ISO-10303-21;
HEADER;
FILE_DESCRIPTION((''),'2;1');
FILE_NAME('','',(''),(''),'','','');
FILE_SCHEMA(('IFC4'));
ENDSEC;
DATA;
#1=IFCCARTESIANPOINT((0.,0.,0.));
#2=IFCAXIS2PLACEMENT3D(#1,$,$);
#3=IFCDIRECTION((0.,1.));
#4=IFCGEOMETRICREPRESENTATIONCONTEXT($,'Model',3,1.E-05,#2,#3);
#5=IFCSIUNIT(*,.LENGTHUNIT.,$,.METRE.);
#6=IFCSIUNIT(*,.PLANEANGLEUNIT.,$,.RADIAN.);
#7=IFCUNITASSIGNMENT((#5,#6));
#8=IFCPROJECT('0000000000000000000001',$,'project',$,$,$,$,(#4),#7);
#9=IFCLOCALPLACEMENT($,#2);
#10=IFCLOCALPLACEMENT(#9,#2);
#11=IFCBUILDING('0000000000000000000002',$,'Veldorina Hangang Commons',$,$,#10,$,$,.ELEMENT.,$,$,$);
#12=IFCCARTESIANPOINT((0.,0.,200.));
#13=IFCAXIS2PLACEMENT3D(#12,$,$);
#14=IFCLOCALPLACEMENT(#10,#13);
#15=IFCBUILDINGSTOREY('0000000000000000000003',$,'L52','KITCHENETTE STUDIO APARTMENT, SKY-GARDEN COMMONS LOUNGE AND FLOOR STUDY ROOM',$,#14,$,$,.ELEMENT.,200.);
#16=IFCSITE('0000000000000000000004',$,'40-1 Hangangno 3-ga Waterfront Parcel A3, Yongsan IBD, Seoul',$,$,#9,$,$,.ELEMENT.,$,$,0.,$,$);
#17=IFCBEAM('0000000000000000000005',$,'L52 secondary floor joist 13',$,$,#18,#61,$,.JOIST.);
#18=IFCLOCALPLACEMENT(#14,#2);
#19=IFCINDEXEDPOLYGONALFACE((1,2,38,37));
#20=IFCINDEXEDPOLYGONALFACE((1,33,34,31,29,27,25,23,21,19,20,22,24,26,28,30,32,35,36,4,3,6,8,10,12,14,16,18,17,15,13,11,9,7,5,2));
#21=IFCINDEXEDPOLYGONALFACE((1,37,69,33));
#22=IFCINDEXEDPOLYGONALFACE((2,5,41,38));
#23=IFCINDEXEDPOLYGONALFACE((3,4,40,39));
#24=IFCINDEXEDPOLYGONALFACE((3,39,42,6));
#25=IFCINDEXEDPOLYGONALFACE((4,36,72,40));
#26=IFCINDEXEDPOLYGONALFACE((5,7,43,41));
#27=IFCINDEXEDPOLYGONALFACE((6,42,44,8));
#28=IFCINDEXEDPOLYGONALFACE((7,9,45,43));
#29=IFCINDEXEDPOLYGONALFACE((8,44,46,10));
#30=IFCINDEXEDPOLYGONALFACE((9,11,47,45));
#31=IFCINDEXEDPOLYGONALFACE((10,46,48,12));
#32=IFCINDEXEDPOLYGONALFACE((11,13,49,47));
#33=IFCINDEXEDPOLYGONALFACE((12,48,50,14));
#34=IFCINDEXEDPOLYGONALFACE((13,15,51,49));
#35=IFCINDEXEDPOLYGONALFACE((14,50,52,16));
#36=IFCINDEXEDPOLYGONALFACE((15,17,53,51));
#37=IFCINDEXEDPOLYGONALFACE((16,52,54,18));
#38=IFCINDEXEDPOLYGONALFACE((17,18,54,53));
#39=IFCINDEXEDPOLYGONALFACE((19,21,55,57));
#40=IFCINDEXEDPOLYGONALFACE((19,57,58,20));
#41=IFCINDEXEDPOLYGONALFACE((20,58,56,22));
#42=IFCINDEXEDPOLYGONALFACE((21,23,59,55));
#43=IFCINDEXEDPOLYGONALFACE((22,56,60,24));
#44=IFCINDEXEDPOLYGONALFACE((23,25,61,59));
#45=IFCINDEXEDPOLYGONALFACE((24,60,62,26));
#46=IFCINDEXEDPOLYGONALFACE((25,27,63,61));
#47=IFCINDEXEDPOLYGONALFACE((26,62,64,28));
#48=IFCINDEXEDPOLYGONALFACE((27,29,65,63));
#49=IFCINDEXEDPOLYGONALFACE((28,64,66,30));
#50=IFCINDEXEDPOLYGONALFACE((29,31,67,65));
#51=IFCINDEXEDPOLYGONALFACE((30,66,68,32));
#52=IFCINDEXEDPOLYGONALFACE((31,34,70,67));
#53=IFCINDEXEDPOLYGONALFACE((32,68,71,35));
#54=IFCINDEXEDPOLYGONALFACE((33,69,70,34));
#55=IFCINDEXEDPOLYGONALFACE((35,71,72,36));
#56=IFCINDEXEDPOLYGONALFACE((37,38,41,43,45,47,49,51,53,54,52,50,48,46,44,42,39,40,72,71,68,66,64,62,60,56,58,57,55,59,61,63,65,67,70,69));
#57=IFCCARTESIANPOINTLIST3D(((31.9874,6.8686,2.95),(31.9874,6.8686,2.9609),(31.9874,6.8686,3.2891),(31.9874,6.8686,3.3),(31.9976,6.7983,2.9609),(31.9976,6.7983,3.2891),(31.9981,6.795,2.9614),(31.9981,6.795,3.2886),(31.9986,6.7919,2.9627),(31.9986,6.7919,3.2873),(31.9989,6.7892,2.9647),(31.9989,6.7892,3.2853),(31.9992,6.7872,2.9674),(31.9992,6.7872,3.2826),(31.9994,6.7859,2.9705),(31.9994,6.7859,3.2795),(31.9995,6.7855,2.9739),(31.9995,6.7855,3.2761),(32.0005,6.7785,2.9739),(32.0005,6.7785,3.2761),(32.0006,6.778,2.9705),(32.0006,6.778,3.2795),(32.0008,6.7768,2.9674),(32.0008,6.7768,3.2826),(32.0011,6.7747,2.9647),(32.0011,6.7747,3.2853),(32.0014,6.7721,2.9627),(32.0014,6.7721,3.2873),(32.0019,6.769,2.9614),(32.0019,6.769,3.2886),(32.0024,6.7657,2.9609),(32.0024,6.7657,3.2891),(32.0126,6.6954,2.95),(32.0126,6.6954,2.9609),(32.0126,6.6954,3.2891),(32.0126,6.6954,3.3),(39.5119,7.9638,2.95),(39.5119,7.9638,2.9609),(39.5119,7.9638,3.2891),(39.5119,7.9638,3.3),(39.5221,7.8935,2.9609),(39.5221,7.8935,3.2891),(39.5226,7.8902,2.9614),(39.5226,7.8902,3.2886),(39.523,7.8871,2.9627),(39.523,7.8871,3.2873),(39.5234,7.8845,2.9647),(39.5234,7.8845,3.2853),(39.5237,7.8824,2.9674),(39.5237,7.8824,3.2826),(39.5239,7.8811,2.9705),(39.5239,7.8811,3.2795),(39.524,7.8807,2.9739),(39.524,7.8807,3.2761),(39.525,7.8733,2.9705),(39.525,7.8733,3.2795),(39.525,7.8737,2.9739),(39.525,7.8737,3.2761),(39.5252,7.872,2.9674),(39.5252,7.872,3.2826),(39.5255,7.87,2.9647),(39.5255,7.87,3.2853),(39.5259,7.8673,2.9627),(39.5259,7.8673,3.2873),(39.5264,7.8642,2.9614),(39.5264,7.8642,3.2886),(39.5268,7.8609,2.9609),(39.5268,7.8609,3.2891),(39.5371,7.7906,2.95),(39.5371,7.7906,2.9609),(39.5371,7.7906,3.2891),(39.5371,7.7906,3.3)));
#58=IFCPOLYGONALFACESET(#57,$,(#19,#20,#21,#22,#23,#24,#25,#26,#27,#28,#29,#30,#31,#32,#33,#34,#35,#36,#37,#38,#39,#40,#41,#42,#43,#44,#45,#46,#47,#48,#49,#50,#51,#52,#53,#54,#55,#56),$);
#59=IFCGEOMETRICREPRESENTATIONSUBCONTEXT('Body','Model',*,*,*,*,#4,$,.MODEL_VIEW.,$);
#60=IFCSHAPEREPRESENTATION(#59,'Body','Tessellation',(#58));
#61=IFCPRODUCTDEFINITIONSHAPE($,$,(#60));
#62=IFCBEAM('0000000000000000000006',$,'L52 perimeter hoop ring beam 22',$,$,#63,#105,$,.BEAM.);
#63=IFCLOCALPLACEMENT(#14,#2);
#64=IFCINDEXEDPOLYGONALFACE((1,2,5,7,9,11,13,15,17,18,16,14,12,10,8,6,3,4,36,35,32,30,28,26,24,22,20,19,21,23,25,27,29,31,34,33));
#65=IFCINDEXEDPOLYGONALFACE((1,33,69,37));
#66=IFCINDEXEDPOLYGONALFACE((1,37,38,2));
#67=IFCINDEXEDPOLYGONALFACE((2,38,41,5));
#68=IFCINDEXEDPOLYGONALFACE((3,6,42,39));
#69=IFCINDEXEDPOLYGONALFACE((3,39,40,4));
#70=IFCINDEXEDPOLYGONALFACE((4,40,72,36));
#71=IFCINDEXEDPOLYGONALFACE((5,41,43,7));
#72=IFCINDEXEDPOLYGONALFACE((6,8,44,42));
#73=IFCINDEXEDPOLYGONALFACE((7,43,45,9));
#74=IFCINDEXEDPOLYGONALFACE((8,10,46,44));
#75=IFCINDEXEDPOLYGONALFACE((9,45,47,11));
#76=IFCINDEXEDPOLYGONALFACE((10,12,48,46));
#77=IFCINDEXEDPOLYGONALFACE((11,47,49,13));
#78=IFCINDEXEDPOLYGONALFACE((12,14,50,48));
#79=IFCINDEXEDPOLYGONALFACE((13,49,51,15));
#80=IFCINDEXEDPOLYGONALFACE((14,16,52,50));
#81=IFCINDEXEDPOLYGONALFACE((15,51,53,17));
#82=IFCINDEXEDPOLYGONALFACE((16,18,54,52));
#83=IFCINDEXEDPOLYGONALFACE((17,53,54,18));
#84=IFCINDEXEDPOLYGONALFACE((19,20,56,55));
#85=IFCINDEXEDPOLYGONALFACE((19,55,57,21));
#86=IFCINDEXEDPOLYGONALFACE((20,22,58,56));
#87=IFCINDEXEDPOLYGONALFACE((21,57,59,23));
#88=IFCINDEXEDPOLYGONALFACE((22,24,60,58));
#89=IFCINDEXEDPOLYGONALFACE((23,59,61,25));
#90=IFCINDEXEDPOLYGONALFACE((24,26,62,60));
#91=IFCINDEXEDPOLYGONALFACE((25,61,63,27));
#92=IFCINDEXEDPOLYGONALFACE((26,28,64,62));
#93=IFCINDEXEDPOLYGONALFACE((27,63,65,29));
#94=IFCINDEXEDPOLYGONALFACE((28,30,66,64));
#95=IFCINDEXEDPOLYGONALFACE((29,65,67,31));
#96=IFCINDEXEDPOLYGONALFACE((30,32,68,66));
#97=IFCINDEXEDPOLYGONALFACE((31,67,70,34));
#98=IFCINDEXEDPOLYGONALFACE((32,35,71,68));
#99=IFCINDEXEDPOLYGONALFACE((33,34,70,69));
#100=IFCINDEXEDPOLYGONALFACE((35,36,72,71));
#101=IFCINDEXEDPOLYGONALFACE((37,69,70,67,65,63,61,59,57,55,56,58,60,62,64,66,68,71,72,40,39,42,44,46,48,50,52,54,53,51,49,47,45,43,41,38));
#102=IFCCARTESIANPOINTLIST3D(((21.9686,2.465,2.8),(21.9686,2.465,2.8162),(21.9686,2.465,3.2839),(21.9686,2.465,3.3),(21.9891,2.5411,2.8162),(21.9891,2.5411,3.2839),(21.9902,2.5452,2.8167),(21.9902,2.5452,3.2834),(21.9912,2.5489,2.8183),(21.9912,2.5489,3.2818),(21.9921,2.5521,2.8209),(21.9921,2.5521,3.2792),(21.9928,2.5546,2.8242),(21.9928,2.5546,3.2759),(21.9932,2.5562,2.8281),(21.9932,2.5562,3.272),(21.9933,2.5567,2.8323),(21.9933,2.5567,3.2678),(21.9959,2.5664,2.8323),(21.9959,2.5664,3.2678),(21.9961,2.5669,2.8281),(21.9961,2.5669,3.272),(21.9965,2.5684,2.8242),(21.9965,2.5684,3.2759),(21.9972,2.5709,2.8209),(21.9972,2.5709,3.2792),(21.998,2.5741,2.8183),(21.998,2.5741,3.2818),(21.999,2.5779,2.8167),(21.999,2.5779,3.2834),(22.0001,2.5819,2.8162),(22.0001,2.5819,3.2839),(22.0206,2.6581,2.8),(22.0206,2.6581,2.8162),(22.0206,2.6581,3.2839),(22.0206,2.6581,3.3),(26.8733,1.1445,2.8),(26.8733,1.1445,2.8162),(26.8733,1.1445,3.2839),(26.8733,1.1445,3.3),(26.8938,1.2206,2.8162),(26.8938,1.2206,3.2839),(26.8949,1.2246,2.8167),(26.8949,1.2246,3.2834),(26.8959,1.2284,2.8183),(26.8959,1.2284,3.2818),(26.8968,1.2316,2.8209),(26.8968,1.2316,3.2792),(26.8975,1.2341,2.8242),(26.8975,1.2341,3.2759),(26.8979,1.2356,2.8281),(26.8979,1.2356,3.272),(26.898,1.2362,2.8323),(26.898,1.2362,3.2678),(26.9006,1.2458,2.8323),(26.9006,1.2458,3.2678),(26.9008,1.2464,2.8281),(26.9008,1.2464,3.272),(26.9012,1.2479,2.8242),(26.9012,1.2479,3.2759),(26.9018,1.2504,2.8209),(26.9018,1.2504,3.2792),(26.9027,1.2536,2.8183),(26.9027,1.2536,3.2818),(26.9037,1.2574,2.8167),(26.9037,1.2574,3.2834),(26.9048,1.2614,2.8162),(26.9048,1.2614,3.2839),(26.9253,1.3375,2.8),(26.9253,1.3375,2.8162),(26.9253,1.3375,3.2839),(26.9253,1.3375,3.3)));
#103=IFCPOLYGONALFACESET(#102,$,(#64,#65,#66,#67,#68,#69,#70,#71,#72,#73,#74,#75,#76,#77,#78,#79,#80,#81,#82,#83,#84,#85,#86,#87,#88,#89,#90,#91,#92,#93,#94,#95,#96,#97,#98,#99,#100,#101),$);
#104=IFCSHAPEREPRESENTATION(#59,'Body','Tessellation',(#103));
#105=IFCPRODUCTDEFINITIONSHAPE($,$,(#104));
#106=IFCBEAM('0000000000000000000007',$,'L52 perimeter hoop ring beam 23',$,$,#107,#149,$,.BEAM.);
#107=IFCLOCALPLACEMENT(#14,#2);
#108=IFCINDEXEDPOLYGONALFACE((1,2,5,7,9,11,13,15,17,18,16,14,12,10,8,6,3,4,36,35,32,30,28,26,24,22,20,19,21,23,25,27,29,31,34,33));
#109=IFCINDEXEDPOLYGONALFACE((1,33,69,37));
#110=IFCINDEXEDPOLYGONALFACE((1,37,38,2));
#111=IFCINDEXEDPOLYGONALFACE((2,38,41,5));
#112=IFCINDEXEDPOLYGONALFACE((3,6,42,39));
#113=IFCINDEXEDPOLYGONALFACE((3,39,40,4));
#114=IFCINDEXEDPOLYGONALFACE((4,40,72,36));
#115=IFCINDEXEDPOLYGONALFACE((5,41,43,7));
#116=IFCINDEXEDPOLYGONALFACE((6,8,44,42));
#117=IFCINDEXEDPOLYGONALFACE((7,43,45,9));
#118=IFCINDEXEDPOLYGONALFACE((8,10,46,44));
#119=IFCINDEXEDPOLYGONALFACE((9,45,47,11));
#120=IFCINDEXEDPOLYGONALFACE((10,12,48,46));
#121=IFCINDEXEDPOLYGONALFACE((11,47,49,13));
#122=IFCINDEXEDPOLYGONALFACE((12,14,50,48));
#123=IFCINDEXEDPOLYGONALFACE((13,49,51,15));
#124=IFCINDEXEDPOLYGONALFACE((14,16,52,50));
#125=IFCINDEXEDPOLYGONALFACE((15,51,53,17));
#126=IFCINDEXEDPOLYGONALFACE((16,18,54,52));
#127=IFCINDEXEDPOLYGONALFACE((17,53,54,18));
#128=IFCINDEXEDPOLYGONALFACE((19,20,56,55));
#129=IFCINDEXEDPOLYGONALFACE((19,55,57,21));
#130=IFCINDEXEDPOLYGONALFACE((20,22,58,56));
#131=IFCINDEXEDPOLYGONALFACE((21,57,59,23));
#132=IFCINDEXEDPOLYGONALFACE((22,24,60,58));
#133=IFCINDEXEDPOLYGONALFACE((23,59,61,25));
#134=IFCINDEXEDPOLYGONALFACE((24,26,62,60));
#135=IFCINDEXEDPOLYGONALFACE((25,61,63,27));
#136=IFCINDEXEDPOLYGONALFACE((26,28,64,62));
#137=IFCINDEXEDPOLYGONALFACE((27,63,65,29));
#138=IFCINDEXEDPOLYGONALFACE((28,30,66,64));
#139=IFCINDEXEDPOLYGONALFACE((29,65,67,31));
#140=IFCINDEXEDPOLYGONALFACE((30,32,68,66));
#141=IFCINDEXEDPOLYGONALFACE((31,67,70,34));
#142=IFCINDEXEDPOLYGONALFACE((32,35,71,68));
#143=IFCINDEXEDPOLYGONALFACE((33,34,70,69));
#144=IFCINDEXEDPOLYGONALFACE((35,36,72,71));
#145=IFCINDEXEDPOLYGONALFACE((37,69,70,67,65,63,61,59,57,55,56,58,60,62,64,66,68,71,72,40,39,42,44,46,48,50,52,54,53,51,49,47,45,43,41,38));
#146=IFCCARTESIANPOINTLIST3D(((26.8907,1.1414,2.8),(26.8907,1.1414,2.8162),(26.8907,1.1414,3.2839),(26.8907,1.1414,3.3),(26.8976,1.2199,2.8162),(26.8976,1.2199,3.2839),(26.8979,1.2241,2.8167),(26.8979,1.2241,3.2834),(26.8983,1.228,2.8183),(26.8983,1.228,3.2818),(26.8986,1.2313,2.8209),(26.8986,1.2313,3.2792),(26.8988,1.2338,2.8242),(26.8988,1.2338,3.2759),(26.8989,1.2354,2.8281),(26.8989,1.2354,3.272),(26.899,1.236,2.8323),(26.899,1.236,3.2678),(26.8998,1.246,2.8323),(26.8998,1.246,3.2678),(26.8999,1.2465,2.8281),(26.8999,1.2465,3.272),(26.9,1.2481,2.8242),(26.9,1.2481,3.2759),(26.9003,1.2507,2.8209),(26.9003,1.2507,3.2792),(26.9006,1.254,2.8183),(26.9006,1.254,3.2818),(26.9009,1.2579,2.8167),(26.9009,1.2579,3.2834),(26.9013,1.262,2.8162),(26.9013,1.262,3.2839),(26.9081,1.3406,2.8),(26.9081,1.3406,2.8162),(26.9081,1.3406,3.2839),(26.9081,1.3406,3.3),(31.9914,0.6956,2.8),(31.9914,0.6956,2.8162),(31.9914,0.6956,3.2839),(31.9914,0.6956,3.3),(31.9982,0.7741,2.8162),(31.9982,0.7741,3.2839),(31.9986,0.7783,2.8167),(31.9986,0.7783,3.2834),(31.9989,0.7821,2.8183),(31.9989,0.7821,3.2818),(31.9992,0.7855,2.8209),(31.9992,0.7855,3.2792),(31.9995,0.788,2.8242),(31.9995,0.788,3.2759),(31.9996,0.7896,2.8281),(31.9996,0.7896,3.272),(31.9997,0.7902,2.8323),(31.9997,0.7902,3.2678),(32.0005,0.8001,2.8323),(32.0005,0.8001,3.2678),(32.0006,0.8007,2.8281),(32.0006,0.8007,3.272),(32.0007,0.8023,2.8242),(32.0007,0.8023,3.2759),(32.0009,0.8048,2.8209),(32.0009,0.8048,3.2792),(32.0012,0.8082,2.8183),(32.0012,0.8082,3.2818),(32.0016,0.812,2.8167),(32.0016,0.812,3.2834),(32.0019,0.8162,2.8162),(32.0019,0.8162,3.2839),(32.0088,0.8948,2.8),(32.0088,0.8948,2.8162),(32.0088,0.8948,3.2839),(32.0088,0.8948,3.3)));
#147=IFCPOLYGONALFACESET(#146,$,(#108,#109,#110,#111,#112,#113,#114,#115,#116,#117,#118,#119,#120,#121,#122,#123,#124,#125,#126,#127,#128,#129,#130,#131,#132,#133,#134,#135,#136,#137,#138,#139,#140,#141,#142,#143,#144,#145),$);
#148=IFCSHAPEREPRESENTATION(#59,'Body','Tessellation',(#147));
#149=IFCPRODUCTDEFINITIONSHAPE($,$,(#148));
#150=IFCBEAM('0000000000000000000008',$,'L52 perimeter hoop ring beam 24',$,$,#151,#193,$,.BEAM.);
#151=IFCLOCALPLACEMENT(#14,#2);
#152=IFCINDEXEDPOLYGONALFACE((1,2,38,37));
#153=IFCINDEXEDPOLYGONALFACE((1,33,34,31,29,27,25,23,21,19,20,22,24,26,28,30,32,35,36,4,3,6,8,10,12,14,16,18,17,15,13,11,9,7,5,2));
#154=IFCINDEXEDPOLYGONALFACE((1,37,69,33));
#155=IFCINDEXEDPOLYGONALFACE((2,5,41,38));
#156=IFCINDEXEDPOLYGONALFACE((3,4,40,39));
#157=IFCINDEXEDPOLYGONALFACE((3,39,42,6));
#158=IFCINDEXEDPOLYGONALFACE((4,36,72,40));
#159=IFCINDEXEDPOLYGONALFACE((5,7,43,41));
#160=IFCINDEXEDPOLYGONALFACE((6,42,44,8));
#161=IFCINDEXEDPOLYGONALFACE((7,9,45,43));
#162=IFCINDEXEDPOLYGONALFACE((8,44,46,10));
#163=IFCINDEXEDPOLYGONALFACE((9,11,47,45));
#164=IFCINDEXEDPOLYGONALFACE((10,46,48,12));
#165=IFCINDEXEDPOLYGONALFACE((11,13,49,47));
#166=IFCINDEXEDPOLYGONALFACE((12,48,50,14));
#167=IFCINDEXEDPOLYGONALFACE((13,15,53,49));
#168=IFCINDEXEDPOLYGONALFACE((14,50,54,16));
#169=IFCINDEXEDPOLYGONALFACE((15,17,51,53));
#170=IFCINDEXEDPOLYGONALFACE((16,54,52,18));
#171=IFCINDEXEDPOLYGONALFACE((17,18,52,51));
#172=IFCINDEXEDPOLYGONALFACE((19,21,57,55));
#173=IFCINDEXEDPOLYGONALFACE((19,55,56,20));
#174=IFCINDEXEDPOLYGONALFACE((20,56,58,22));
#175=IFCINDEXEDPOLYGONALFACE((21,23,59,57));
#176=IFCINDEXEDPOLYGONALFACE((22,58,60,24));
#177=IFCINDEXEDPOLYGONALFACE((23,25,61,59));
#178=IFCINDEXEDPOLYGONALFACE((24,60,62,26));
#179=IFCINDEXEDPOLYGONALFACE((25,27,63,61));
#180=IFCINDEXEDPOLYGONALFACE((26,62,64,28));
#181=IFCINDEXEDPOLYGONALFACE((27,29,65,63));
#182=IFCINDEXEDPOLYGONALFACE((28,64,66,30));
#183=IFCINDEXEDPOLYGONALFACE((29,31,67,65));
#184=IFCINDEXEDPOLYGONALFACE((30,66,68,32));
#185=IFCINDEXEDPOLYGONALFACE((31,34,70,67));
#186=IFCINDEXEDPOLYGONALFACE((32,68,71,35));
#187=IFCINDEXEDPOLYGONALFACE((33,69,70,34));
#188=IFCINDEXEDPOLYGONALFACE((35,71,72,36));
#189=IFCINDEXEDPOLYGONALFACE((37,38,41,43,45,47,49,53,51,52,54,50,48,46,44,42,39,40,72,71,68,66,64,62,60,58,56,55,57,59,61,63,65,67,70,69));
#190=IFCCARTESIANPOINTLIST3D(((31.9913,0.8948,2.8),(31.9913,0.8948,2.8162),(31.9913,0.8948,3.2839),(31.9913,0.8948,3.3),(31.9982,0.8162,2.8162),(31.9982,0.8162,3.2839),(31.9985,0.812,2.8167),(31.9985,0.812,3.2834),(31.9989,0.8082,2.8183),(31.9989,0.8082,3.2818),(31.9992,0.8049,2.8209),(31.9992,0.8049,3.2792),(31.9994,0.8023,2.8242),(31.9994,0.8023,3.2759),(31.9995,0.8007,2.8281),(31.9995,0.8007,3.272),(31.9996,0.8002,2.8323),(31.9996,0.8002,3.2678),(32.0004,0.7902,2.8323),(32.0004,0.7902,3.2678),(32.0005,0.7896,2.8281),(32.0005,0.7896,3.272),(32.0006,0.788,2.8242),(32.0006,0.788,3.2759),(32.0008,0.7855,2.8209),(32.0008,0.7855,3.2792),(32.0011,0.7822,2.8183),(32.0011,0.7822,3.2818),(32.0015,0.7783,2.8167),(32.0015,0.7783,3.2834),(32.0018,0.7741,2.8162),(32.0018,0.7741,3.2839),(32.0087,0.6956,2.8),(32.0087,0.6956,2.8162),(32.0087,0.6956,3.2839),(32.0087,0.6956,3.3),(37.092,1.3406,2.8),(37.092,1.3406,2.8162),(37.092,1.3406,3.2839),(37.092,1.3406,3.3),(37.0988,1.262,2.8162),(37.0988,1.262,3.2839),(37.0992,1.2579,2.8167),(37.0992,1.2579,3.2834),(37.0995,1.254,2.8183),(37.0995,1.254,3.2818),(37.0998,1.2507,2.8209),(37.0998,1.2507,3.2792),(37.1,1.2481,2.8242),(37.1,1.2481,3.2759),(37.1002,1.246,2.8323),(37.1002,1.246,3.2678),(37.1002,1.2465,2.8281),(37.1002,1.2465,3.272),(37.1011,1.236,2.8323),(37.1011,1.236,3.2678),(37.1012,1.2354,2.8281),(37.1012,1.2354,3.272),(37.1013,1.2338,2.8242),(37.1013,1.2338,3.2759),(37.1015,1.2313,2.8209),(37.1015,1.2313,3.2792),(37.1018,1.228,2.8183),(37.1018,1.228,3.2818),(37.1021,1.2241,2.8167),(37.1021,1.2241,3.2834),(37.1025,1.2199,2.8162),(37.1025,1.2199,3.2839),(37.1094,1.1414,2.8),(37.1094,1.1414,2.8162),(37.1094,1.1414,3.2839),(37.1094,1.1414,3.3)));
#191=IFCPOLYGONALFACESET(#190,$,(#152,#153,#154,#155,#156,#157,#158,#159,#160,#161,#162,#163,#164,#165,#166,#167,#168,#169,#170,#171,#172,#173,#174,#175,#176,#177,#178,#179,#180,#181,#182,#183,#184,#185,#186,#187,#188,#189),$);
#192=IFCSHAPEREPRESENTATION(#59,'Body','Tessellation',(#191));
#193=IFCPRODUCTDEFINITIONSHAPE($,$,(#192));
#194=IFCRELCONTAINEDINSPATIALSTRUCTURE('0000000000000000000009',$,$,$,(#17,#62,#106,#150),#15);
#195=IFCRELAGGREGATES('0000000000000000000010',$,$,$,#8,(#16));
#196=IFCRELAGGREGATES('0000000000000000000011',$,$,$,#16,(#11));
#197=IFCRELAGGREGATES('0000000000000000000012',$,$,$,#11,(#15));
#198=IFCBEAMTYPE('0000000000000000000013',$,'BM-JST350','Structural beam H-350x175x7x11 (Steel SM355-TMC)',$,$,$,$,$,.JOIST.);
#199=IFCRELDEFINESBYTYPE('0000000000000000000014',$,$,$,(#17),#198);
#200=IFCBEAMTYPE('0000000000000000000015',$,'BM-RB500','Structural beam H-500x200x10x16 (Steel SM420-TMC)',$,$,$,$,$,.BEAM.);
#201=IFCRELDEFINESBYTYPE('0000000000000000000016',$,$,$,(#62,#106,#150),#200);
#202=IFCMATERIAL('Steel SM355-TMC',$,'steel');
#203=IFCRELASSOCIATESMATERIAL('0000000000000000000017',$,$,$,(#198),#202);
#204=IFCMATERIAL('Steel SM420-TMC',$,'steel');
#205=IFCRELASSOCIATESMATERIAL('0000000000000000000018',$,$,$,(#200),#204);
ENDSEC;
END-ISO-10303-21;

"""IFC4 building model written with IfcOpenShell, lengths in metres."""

from ifc_helpers import new_model, si_unit, direction, frame, origin, origin_2d, place, context, subcontext, project, spatial, i_section, extrude, material, material_profile, profile_set, type_object, element, save


model = new_model("IFC4")

# Units and contexts
model_context = context("Model", 3, precision=1e-05, world=origin(), true_north=direction((0.0, 1.0)))
body_context = subcontext(model_context, "Body", "Model", "MODEL_VIEW")
ifc_project = project(units=[si_unit("LENGTHUNIT", "METRE"), si_unit("PLANEANGLEUNIT", "RADIAN")], contexts=[model_context])

# Site, building, storey
site_placement = place(None, origin())
site = spatial("IfcSite", under=ifc_project, at=site_placement, Name="40-1 Hangangno 3-ga Waterfront Parcel A3, Yongsan IBD, Seoul", CompositionType="ELEMENT", RefElevation=0.0)
building_placement = place(site_placement, origin())
building = spatial("IfcBuilding", under=site, at=building_placement, Name="Veldorina Hangang Commons", CompositionType="ELEMENT")
storey_placement = place(building_placement, frame((0.0, 0.0, 200.0)))
storey = spatial("IfcBuildingStorey", under=building, at=storey_placement, Name="L52", Description="KITCHENETTE STUDIO APARTMENT, SKY-GARDEN COMMONS LOUNGE AND FLOOR STUDY ROOM", CompositionType="ELEMENT", Elevation=200.0)

# Beams
ifc_material_1 = material(Name="Steel SM355-TMC", Category="steel")
ifc_material_profile_1 = material_profile(ifc_material_1, i_section(OverallWidth=0.175, OverallDepth=0.3501, WebThickness=0.0071, FlangeThickness=0.011, FilletRadius=0.0129, at=origin_2d()), Name="H-350x175x7x11")
ifc_profile_set_1 = profile_set([ifc_material_profile_1], Name="Steel SM355-TMC")
beam_type_1 = type_object("IfcBeamType", Name="BM-JST350", Description="Structural beam H-350x175x7x11 (Steel SM355-TMC)", PredefinedType="JOIST", material=ifc_profile_set_1)
beam_1_placement = place(storey_placement, frame((32.0, 6.782, 3.125), z_axis=(0.989572, 0.144037, 0.0), x_axis=(-0.144037, 0.989572, 0.0)))
element("IfcBeam", 1, at=beam_1_placement, inside=storey, type_object=beam_type_1, Name="L52 secondary floor joist 13", PredefinedType="JOIST", context=body_context, shape_type="SweptSolid", body=[
    extrude(i_section(OverallWidth=0.175, OverallDepth=0.3501, WebThickness=0.0071, FlangeThickness=0.011, FilletRadius=0.0129, at=origin_2d()), origin(), (0.0, 0.0, 1.0), 7.6038),
])
ifc_material_2 = material(Name="Steel SM420-TMC", Category="steel")
ifc_material_profile_2 = material_profile(ifc_material_2, i_section(OverallWidth=0.2, OverallDepth=0.5, WebThickness=0.01, FlangeThickness=0.0161, FilletRadius=0.0161, at=origin_2d()), Name="H-500x200x10x16")
ifc_profile_set_2 = profile_set([ifc_material_profile_2], Name="Steel SM420-TMC")
beam_type_2 = type_object("IfcBeamType", Name="BM-RB500", Description="Structural beam H-500x200x10x16 (Steel SM420-TMC)", PredefinedType="BEAM", material=ifc_profile_set_2)
beam_2_placement = place(storey_placement, frame((21.9946, 2.5615, 3.05), z_axis=(0.965614, -0.25998, 0.0), x_axis=(0.25998, 0.965614, 0.0)))
element("IfcBeam", 2, at=beam_2_placement, inside=storey, type_object=beam_type_2, Name="L52 perimeter hoop ring beam 22", PredefinedType="BEAM", context=body_context, shape_type="SweptSolid", body=[
    extrude(i_section(OverallWidth=0.2, OverallDepth=0.5, WebThickness=0.01, FlangeThickness=0.0161, FilletRadius=0.0161, at=origin_2d()), origin(), (0.0, 0.0, 1.0), 5.0793),
])
for number, where, z_axis, x_axis, name in (
    (3, (26.8994, 1.241, 3.05), (0.996202, -0.08707, 0.0), (0.08707, 0.996202, 0.0), "L52 perimeter hoop ring beam 23"),
    (4, (32.0, 0.7952, 3.05), (0.996202, 0.08707, 0.0), (-0.08707, 0.996202, 0.0), "L52 perimeter hoop ring beam 24"),
):
    element("IfcBeam", number, at=place(storey_placement, frame(where, z_axis=z_axis, x_axis=x_axis)), inside=storey, type_object=beam_type_2, Name=name, PredefinedType="BEAM", context=body_context, shape_type="SweptSolid", body=[
        extrude(i_section(OverallWidth=0.2, OverallDepth=0.5, WebThickness=0.01, FlangeThickness=0.0161, FilletRadius=0.0161, at=origin_2d()), origin(), (0.0, 0.0, 1.0), 5.1201),
    ])

save(model, "model.ifc")
